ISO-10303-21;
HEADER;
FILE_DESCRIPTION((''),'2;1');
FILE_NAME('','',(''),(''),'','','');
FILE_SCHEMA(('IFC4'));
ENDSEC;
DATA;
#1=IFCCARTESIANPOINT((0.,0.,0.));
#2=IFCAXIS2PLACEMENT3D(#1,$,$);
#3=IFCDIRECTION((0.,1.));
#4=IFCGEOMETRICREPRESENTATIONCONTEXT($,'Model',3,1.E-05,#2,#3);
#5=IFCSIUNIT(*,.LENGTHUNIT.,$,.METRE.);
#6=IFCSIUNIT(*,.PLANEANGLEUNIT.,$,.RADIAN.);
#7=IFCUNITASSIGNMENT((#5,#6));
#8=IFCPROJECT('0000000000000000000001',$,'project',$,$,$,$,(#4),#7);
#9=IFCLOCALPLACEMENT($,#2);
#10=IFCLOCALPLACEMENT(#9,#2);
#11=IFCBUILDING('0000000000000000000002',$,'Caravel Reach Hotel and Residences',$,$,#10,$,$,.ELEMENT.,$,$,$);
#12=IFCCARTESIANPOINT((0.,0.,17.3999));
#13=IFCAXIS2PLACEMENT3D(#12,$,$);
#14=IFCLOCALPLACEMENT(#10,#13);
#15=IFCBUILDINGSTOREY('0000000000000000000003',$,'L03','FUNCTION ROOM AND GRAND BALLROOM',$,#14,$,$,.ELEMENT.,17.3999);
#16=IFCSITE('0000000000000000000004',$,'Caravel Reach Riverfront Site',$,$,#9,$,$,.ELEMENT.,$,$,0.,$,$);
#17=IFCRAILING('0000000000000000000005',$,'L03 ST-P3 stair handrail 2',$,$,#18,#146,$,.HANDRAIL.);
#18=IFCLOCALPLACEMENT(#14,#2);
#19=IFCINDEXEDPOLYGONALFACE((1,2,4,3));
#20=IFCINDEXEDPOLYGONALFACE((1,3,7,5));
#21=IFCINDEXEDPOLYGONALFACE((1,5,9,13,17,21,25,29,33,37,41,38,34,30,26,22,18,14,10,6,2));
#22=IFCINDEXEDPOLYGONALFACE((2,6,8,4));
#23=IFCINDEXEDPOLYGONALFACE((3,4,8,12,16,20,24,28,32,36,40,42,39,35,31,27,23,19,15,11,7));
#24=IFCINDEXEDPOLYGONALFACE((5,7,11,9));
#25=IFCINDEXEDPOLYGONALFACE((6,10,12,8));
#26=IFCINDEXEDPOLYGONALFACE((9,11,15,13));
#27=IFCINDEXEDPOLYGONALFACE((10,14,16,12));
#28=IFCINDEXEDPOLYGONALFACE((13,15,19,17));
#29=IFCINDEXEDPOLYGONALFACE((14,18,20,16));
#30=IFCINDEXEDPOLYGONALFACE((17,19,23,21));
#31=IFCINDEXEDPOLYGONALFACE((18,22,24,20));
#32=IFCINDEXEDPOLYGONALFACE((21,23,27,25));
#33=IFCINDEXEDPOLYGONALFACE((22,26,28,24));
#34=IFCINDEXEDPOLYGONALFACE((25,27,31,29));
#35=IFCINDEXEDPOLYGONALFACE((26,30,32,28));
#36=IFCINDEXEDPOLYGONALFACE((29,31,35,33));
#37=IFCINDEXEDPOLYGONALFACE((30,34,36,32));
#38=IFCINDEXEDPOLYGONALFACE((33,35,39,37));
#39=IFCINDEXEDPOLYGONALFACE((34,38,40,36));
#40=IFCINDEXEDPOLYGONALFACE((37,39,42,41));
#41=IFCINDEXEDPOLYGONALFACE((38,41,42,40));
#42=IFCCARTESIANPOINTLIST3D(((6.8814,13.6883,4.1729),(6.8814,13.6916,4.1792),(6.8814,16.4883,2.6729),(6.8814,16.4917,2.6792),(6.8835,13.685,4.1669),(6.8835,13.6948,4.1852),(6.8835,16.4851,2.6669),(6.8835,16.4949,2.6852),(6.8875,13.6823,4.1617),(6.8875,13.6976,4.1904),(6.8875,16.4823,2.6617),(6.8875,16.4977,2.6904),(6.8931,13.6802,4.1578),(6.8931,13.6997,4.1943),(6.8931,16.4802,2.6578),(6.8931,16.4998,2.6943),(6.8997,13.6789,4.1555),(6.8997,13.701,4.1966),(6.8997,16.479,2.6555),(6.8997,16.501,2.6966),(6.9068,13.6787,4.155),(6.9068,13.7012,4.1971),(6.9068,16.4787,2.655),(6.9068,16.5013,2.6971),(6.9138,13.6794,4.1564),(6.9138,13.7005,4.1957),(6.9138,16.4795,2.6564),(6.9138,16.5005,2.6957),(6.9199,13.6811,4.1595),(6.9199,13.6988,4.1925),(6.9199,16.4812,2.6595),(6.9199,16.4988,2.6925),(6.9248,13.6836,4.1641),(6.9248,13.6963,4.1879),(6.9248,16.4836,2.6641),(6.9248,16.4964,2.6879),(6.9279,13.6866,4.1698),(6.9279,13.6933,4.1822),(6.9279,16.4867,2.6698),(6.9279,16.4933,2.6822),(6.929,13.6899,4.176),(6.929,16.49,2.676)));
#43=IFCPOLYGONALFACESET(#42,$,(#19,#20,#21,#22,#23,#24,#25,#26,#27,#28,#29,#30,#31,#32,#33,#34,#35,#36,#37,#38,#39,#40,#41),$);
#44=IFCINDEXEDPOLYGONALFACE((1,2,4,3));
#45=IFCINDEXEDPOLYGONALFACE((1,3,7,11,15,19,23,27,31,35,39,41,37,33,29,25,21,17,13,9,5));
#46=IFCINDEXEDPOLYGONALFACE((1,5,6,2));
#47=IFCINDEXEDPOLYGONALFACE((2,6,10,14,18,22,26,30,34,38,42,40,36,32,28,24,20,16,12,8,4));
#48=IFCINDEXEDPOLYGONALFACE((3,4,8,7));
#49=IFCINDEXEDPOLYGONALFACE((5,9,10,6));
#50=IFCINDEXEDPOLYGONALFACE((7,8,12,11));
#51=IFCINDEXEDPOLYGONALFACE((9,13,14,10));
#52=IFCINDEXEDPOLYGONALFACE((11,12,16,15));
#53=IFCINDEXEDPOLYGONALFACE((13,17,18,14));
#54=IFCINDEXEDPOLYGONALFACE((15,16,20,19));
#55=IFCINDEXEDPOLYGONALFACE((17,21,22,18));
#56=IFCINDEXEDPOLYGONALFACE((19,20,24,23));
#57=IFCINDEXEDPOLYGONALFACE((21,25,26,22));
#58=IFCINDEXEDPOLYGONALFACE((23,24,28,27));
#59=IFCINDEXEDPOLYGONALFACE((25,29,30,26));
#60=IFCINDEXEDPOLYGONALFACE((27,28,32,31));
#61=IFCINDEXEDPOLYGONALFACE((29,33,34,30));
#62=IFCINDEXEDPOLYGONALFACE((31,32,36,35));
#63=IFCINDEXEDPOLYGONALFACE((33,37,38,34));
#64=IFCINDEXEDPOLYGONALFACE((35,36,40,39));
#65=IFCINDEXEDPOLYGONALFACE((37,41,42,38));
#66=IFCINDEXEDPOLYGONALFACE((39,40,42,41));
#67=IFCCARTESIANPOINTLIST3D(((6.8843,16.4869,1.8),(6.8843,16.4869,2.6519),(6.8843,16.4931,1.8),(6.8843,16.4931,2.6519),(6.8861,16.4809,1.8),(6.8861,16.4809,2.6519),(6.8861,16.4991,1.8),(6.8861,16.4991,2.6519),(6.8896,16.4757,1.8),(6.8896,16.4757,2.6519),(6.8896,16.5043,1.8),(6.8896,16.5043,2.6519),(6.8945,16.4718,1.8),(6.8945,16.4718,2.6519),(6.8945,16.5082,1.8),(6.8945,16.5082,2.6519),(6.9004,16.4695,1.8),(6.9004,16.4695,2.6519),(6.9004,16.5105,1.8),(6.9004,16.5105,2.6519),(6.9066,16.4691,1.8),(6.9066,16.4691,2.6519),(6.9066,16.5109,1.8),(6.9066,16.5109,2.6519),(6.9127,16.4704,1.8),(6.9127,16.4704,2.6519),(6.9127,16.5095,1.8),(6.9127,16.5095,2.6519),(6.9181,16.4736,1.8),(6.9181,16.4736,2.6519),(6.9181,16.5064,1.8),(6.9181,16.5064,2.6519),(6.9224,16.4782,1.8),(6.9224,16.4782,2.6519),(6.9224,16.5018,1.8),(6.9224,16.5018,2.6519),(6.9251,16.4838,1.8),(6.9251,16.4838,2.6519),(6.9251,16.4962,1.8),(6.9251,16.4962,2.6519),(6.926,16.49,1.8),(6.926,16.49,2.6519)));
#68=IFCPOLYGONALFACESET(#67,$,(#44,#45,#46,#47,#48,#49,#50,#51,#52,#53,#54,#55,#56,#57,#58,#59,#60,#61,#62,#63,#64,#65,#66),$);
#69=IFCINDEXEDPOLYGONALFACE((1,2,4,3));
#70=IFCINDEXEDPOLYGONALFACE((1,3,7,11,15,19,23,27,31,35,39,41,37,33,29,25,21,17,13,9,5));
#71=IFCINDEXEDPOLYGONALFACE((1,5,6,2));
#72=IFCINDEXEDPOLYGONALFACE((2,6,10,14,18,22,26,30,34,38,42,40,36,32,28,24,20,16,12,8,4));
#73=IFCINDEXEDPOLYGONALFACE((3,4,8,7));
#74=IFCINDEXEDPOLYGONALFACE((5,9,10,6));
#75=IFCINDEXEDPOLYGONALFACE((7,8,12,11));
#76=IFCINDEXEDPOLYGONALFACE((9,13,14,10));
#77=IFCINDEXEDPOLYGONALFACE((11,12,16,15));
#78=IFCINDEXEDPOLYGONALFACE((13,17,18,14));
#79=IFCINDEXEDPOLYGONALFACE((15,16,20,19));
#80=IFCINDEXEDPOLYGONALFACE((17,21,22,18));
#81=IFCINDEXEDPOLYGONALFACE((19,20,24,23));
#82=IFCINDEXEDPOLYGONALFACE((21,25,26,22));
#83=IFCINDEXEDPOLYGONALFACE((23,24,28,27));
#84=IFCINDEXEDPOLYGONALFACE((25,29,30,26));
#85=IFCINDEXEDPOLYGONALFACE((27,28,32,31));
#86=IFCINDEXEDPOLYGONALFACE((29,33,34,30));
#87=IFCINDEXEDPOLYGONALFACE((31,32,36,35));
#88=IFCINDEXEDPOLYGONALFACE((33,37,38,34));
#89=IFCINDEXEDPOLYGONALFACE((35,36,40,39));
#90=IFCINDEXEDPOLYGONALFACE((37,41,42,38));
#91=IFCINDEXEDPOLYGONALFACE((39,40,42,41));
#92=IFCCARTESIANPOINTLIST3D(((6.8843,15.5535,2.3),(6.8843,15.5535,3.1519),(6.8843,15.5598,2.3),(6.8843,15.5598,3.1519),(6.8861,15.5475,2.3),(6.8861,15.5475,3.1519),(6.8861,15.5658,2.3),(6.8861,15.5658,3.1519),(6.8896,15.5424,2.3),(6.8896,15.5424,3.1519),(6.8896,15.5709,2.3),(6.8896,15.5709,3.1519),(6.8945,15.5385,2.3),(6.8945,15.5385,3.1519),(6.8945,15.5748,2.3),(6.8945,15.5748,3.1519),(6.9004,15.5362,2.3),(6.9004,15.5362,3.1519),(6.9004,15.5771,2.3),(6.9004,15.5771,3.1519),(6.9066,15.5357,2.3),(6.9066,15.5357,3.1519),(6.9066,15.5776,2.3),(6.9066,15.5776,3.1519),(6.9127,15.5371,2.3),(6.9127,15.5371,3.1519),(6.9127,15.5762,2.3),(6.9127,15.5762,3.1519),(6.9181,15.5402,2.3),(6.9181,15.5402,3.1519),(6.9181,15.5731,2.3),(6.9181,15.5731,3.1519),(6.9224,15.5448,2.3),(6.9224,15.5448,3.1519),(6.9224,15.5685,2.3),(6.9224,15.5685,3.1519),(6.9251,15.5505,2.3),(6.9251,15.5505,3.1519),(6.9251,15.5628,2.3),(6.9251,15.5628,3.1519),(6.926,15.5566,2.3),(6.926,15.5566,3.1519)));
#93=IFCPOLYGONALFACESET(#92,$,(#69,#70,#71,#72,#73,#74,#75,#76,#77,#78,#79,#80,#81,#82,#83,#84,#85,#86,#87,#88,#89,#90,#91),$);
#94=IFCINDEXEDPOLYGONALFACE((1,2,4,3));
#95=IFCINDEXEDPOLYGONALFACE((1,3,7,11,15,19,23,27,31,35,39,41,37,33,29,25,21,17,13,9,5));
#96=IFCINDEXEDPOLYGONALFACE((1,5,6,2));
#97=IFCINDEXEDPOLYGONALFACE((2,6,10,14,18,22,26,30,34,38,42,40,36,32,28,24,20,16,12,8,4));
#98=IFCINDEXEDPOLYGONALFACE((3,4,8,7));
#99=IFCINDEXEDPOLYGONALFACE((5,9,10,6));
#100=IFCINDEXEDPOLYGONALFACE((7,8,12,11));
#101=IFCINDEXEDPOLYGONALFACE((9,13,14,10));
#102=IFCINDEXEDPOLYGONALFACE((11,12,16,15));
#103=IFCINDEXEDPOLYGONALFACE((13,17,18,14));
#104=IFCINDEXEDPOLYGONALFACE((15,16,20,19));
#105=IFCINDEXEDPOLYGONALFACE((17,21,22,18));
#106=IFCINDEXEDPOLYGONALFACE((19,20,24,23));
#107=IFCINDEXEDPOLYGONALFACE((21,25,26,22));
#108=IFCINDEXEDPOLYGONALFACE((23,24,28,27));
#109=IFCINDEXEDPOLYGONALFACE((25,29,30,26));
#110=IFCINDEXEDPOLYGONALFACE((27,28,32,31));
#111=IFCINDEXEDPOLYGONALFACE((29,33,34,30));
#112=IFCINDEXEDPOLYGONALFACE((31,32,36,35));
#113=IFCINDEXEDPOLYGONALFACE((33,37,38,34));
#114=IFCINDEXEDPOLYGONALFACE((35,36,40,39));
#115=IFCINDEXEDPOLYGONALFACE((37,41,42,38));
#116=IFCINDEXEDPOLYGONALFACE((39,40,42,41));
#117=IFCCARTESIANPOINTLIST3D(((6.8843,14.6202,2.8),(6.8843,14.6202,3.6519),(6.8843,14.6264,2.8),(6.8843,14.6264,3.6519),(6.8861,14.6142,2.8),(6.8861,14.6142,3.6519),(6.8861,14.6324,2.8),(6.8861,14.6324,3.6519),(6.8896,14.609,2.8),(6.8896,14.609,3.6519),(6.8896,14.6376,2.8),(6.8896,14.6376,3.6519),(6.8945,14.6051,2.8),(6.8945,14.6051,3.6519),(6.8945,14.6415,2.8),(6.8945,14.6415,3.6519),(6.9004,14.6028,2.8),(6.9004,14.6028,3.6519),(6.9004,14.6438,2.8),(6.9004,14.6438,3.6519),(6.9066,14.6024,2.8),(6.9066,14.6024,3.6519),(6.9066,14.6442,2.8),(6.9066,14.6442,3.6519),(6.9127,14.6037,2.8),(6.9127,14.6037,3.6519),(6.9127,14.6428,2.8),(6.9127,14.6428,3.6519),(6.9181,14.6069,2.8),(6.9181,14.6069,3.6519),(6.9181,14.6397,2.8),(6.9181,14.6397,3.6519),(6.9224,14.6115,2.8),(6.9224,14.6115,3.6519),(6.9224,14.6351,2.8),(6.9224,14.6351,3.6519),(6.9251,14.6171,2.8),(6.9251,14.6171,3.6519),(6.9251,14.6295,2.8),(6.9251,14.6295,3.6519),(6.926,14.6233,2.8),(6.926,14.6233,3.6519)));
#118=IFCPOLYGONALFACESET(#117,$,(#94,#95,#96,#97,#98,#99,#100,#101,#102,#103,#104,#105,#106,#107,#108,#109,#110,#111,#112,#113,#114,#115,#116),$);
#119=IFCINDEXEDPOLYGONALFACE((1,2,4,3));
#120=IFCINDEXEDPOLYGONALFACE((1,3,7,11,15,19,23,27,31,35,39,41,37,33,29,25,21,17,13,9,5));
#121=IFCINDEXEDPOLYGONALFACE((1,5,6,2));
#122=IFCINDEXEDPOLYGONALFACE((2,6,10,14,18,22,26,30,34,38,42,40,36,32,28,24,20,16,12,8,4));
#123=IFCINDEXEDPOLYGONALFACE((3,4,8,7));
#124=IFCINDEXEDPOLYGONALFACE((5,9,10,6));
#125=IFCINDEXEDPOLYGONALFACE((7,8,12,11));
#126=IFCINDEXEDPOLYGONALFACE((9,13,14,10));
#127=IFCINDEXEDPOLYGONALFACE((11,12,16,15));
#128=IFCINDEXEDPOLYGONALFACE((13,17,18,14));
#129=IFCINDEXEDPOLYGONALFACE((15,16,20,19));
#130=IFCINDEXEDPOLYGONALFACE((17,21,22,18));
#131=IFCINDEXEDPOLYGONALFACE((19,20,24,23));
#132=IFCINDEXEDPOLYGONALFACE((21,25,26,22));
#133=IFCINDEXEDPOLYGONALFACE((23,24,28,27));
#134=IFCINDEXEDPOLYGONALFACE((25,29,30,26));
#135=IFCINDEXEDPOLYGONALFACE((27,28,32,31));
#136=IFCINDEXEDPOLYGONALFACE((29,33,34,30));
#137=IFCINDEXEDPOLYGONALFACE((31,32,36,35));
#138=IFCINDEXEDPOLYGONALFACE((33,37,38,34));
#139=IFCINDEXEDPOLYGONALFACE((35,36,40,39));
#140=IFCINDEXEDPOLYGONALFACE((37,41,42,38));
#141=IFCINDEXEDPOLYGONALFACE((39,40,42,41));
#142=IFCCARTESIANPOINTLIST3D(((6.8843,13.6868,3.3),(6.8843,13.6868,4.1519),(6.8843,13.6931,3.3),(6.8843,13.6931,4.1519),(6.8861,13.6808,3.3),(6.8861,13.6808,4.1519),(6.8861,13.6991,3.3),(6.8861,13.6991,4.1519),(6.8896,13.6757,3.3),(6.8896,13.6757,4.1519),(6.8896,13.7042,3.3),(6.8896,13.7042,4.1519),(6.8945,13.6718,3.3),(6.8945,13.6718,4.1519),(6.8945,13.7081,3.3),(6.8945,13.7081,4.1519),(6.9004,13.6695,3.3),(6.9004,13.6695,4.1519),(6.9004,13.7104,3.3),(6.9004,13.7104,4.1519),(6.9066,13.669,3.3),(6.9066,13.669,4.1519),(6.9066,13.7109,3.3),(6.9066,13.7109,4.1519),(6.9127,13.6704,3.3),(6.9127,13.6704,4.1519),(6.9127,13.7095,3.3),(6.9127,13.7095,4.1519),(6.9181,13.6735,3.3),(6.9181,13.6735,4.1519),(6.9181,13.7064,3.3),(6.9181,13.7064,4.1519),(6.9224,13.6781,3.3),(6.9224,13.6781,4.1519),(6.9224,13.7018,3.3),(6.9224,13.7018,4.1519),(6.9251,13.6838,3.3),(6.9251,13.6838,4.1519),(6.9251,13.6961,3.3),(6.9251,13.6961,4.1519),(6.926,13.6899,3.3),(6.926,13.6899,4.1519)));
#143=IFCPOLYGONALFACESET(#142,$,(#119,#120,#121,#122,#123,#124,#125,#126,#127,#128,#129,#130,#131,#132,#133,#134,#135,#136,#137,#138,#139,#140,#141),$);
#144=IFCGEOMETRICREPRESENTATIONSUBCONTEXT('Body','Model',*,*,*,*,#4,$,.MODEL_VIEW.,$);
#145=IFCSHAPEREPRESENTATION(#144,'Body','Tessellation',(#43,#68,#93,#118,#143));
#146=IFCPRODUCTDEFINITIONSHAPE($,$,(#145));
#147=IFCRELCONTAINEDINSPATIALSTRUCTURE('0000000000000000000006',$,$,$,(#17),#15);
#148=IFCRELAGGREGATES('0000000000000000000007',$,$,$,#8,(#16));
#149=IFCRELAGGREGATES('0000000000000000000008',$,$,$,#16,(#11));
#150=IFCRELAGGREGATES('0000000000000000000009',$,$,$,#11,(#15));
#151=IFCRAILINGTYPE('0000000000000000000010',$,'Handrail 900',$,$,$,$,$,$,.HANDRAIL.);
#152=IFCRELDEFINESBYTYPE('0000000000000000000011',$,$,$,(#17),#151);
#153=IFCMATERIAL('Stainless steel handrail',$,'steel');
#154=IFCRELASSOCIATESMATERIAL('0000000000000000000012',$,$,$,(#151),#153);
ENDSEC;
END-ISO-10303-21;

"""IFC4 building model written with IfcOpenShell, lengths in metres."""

from ifc_helpers import new_model, si_unit, direction, frame, origin, origin_2d, place, context, subcontext, project, spatial, circle, extrude, material, type_object, element, save


model = new_model("IFC4")

# Units and contexts
model_context = context("Model", 3, precision=1e-05, world=origin(), true_north=direction((0.0, 1.0)))
body_context = subcontext(model_context, "Body", "Model", "MODEL_VIEW")
ifc_project = project(units=[si_unit("LENGTHUNIT", "METRE"), si_unit("PLANEANGLEUNIT", "RADIAN")], contexts=[model_context])

# Site, building, storey
site_placement = place(None, origin())
site = spatial("IfcSite", under=ifc_project, at=site_placement, Name="Caravel Reach Riverfront Site", CompositionType="ELEMENT", RefElevation=0.0)
building_placement = place(site_placement, origin())
building = spatial("IfcBuilding", under=site, at=building_placement, Name="Caravel Reach Hotel and Residences", CompositionType="ELEMENT")
storey_placement = place(building_placement, frame((0.0, 0.0, 17.3999)))
storey = spatial("IfcBuildingStorey", under=building, at=storey_placement, Name="L03", Description="FUNCTION ROOM AND GRAND BALLROOM", CompositionType="ELEMENT", Elevation=17.3999)

# Railing
ifc_material_1 = material(Name="Stainless steel handrail", Category="steel")
railing_type_1 = type_object("IfcRailingType", Name="Handrail 900", PredefinedType="HANDRAIL", material=ifc_material_1)
railing_1_placement = place(storey_placement, frame((6.905, 16.49, 1.8)))
element("IfcRailing", 1, at=railing_1_placement, inside=storey, type_object=railing_type_1, Name="L03 ST-P3 stair handrail 2", PredefinedType="HANDRAIL", context=body_context, shape_type="SweptSolid", body=[
    extrude(circle(Radius=0.0239, at=origin_2d()), frame((0.0, 0.0, 0.876), z_axis=(0.0, -0.881483, 0.472215), x_axis=(1.0, 0.0, 0.0)), (0.0, 0.0, 1.0), 3.1765),
    extrude(circle(Radius=0.021, at=origin_2d()), origin(), (0.0, 0.0, 1.0), 0.8518),
    extrude(circle(Radius=0.021, at=origin_2d()), frame((0.0, -0.9333, 0.5)), (0.0, 0.0, 1.0), 0.8518),
    extrude(circle(Radius=0.021, at=origin_2d()), frame((0.0, -1.8667, 1.0)), (0.0, 0.0, 1.0), 0.8518),
    extrude(circle(Radius=0.021, at=origin_2d()), frame((0.0, -2.8, 1.5)), (0.0, 0.0, 1.0), 0.8518),
])

save(model, "model.ifc")
